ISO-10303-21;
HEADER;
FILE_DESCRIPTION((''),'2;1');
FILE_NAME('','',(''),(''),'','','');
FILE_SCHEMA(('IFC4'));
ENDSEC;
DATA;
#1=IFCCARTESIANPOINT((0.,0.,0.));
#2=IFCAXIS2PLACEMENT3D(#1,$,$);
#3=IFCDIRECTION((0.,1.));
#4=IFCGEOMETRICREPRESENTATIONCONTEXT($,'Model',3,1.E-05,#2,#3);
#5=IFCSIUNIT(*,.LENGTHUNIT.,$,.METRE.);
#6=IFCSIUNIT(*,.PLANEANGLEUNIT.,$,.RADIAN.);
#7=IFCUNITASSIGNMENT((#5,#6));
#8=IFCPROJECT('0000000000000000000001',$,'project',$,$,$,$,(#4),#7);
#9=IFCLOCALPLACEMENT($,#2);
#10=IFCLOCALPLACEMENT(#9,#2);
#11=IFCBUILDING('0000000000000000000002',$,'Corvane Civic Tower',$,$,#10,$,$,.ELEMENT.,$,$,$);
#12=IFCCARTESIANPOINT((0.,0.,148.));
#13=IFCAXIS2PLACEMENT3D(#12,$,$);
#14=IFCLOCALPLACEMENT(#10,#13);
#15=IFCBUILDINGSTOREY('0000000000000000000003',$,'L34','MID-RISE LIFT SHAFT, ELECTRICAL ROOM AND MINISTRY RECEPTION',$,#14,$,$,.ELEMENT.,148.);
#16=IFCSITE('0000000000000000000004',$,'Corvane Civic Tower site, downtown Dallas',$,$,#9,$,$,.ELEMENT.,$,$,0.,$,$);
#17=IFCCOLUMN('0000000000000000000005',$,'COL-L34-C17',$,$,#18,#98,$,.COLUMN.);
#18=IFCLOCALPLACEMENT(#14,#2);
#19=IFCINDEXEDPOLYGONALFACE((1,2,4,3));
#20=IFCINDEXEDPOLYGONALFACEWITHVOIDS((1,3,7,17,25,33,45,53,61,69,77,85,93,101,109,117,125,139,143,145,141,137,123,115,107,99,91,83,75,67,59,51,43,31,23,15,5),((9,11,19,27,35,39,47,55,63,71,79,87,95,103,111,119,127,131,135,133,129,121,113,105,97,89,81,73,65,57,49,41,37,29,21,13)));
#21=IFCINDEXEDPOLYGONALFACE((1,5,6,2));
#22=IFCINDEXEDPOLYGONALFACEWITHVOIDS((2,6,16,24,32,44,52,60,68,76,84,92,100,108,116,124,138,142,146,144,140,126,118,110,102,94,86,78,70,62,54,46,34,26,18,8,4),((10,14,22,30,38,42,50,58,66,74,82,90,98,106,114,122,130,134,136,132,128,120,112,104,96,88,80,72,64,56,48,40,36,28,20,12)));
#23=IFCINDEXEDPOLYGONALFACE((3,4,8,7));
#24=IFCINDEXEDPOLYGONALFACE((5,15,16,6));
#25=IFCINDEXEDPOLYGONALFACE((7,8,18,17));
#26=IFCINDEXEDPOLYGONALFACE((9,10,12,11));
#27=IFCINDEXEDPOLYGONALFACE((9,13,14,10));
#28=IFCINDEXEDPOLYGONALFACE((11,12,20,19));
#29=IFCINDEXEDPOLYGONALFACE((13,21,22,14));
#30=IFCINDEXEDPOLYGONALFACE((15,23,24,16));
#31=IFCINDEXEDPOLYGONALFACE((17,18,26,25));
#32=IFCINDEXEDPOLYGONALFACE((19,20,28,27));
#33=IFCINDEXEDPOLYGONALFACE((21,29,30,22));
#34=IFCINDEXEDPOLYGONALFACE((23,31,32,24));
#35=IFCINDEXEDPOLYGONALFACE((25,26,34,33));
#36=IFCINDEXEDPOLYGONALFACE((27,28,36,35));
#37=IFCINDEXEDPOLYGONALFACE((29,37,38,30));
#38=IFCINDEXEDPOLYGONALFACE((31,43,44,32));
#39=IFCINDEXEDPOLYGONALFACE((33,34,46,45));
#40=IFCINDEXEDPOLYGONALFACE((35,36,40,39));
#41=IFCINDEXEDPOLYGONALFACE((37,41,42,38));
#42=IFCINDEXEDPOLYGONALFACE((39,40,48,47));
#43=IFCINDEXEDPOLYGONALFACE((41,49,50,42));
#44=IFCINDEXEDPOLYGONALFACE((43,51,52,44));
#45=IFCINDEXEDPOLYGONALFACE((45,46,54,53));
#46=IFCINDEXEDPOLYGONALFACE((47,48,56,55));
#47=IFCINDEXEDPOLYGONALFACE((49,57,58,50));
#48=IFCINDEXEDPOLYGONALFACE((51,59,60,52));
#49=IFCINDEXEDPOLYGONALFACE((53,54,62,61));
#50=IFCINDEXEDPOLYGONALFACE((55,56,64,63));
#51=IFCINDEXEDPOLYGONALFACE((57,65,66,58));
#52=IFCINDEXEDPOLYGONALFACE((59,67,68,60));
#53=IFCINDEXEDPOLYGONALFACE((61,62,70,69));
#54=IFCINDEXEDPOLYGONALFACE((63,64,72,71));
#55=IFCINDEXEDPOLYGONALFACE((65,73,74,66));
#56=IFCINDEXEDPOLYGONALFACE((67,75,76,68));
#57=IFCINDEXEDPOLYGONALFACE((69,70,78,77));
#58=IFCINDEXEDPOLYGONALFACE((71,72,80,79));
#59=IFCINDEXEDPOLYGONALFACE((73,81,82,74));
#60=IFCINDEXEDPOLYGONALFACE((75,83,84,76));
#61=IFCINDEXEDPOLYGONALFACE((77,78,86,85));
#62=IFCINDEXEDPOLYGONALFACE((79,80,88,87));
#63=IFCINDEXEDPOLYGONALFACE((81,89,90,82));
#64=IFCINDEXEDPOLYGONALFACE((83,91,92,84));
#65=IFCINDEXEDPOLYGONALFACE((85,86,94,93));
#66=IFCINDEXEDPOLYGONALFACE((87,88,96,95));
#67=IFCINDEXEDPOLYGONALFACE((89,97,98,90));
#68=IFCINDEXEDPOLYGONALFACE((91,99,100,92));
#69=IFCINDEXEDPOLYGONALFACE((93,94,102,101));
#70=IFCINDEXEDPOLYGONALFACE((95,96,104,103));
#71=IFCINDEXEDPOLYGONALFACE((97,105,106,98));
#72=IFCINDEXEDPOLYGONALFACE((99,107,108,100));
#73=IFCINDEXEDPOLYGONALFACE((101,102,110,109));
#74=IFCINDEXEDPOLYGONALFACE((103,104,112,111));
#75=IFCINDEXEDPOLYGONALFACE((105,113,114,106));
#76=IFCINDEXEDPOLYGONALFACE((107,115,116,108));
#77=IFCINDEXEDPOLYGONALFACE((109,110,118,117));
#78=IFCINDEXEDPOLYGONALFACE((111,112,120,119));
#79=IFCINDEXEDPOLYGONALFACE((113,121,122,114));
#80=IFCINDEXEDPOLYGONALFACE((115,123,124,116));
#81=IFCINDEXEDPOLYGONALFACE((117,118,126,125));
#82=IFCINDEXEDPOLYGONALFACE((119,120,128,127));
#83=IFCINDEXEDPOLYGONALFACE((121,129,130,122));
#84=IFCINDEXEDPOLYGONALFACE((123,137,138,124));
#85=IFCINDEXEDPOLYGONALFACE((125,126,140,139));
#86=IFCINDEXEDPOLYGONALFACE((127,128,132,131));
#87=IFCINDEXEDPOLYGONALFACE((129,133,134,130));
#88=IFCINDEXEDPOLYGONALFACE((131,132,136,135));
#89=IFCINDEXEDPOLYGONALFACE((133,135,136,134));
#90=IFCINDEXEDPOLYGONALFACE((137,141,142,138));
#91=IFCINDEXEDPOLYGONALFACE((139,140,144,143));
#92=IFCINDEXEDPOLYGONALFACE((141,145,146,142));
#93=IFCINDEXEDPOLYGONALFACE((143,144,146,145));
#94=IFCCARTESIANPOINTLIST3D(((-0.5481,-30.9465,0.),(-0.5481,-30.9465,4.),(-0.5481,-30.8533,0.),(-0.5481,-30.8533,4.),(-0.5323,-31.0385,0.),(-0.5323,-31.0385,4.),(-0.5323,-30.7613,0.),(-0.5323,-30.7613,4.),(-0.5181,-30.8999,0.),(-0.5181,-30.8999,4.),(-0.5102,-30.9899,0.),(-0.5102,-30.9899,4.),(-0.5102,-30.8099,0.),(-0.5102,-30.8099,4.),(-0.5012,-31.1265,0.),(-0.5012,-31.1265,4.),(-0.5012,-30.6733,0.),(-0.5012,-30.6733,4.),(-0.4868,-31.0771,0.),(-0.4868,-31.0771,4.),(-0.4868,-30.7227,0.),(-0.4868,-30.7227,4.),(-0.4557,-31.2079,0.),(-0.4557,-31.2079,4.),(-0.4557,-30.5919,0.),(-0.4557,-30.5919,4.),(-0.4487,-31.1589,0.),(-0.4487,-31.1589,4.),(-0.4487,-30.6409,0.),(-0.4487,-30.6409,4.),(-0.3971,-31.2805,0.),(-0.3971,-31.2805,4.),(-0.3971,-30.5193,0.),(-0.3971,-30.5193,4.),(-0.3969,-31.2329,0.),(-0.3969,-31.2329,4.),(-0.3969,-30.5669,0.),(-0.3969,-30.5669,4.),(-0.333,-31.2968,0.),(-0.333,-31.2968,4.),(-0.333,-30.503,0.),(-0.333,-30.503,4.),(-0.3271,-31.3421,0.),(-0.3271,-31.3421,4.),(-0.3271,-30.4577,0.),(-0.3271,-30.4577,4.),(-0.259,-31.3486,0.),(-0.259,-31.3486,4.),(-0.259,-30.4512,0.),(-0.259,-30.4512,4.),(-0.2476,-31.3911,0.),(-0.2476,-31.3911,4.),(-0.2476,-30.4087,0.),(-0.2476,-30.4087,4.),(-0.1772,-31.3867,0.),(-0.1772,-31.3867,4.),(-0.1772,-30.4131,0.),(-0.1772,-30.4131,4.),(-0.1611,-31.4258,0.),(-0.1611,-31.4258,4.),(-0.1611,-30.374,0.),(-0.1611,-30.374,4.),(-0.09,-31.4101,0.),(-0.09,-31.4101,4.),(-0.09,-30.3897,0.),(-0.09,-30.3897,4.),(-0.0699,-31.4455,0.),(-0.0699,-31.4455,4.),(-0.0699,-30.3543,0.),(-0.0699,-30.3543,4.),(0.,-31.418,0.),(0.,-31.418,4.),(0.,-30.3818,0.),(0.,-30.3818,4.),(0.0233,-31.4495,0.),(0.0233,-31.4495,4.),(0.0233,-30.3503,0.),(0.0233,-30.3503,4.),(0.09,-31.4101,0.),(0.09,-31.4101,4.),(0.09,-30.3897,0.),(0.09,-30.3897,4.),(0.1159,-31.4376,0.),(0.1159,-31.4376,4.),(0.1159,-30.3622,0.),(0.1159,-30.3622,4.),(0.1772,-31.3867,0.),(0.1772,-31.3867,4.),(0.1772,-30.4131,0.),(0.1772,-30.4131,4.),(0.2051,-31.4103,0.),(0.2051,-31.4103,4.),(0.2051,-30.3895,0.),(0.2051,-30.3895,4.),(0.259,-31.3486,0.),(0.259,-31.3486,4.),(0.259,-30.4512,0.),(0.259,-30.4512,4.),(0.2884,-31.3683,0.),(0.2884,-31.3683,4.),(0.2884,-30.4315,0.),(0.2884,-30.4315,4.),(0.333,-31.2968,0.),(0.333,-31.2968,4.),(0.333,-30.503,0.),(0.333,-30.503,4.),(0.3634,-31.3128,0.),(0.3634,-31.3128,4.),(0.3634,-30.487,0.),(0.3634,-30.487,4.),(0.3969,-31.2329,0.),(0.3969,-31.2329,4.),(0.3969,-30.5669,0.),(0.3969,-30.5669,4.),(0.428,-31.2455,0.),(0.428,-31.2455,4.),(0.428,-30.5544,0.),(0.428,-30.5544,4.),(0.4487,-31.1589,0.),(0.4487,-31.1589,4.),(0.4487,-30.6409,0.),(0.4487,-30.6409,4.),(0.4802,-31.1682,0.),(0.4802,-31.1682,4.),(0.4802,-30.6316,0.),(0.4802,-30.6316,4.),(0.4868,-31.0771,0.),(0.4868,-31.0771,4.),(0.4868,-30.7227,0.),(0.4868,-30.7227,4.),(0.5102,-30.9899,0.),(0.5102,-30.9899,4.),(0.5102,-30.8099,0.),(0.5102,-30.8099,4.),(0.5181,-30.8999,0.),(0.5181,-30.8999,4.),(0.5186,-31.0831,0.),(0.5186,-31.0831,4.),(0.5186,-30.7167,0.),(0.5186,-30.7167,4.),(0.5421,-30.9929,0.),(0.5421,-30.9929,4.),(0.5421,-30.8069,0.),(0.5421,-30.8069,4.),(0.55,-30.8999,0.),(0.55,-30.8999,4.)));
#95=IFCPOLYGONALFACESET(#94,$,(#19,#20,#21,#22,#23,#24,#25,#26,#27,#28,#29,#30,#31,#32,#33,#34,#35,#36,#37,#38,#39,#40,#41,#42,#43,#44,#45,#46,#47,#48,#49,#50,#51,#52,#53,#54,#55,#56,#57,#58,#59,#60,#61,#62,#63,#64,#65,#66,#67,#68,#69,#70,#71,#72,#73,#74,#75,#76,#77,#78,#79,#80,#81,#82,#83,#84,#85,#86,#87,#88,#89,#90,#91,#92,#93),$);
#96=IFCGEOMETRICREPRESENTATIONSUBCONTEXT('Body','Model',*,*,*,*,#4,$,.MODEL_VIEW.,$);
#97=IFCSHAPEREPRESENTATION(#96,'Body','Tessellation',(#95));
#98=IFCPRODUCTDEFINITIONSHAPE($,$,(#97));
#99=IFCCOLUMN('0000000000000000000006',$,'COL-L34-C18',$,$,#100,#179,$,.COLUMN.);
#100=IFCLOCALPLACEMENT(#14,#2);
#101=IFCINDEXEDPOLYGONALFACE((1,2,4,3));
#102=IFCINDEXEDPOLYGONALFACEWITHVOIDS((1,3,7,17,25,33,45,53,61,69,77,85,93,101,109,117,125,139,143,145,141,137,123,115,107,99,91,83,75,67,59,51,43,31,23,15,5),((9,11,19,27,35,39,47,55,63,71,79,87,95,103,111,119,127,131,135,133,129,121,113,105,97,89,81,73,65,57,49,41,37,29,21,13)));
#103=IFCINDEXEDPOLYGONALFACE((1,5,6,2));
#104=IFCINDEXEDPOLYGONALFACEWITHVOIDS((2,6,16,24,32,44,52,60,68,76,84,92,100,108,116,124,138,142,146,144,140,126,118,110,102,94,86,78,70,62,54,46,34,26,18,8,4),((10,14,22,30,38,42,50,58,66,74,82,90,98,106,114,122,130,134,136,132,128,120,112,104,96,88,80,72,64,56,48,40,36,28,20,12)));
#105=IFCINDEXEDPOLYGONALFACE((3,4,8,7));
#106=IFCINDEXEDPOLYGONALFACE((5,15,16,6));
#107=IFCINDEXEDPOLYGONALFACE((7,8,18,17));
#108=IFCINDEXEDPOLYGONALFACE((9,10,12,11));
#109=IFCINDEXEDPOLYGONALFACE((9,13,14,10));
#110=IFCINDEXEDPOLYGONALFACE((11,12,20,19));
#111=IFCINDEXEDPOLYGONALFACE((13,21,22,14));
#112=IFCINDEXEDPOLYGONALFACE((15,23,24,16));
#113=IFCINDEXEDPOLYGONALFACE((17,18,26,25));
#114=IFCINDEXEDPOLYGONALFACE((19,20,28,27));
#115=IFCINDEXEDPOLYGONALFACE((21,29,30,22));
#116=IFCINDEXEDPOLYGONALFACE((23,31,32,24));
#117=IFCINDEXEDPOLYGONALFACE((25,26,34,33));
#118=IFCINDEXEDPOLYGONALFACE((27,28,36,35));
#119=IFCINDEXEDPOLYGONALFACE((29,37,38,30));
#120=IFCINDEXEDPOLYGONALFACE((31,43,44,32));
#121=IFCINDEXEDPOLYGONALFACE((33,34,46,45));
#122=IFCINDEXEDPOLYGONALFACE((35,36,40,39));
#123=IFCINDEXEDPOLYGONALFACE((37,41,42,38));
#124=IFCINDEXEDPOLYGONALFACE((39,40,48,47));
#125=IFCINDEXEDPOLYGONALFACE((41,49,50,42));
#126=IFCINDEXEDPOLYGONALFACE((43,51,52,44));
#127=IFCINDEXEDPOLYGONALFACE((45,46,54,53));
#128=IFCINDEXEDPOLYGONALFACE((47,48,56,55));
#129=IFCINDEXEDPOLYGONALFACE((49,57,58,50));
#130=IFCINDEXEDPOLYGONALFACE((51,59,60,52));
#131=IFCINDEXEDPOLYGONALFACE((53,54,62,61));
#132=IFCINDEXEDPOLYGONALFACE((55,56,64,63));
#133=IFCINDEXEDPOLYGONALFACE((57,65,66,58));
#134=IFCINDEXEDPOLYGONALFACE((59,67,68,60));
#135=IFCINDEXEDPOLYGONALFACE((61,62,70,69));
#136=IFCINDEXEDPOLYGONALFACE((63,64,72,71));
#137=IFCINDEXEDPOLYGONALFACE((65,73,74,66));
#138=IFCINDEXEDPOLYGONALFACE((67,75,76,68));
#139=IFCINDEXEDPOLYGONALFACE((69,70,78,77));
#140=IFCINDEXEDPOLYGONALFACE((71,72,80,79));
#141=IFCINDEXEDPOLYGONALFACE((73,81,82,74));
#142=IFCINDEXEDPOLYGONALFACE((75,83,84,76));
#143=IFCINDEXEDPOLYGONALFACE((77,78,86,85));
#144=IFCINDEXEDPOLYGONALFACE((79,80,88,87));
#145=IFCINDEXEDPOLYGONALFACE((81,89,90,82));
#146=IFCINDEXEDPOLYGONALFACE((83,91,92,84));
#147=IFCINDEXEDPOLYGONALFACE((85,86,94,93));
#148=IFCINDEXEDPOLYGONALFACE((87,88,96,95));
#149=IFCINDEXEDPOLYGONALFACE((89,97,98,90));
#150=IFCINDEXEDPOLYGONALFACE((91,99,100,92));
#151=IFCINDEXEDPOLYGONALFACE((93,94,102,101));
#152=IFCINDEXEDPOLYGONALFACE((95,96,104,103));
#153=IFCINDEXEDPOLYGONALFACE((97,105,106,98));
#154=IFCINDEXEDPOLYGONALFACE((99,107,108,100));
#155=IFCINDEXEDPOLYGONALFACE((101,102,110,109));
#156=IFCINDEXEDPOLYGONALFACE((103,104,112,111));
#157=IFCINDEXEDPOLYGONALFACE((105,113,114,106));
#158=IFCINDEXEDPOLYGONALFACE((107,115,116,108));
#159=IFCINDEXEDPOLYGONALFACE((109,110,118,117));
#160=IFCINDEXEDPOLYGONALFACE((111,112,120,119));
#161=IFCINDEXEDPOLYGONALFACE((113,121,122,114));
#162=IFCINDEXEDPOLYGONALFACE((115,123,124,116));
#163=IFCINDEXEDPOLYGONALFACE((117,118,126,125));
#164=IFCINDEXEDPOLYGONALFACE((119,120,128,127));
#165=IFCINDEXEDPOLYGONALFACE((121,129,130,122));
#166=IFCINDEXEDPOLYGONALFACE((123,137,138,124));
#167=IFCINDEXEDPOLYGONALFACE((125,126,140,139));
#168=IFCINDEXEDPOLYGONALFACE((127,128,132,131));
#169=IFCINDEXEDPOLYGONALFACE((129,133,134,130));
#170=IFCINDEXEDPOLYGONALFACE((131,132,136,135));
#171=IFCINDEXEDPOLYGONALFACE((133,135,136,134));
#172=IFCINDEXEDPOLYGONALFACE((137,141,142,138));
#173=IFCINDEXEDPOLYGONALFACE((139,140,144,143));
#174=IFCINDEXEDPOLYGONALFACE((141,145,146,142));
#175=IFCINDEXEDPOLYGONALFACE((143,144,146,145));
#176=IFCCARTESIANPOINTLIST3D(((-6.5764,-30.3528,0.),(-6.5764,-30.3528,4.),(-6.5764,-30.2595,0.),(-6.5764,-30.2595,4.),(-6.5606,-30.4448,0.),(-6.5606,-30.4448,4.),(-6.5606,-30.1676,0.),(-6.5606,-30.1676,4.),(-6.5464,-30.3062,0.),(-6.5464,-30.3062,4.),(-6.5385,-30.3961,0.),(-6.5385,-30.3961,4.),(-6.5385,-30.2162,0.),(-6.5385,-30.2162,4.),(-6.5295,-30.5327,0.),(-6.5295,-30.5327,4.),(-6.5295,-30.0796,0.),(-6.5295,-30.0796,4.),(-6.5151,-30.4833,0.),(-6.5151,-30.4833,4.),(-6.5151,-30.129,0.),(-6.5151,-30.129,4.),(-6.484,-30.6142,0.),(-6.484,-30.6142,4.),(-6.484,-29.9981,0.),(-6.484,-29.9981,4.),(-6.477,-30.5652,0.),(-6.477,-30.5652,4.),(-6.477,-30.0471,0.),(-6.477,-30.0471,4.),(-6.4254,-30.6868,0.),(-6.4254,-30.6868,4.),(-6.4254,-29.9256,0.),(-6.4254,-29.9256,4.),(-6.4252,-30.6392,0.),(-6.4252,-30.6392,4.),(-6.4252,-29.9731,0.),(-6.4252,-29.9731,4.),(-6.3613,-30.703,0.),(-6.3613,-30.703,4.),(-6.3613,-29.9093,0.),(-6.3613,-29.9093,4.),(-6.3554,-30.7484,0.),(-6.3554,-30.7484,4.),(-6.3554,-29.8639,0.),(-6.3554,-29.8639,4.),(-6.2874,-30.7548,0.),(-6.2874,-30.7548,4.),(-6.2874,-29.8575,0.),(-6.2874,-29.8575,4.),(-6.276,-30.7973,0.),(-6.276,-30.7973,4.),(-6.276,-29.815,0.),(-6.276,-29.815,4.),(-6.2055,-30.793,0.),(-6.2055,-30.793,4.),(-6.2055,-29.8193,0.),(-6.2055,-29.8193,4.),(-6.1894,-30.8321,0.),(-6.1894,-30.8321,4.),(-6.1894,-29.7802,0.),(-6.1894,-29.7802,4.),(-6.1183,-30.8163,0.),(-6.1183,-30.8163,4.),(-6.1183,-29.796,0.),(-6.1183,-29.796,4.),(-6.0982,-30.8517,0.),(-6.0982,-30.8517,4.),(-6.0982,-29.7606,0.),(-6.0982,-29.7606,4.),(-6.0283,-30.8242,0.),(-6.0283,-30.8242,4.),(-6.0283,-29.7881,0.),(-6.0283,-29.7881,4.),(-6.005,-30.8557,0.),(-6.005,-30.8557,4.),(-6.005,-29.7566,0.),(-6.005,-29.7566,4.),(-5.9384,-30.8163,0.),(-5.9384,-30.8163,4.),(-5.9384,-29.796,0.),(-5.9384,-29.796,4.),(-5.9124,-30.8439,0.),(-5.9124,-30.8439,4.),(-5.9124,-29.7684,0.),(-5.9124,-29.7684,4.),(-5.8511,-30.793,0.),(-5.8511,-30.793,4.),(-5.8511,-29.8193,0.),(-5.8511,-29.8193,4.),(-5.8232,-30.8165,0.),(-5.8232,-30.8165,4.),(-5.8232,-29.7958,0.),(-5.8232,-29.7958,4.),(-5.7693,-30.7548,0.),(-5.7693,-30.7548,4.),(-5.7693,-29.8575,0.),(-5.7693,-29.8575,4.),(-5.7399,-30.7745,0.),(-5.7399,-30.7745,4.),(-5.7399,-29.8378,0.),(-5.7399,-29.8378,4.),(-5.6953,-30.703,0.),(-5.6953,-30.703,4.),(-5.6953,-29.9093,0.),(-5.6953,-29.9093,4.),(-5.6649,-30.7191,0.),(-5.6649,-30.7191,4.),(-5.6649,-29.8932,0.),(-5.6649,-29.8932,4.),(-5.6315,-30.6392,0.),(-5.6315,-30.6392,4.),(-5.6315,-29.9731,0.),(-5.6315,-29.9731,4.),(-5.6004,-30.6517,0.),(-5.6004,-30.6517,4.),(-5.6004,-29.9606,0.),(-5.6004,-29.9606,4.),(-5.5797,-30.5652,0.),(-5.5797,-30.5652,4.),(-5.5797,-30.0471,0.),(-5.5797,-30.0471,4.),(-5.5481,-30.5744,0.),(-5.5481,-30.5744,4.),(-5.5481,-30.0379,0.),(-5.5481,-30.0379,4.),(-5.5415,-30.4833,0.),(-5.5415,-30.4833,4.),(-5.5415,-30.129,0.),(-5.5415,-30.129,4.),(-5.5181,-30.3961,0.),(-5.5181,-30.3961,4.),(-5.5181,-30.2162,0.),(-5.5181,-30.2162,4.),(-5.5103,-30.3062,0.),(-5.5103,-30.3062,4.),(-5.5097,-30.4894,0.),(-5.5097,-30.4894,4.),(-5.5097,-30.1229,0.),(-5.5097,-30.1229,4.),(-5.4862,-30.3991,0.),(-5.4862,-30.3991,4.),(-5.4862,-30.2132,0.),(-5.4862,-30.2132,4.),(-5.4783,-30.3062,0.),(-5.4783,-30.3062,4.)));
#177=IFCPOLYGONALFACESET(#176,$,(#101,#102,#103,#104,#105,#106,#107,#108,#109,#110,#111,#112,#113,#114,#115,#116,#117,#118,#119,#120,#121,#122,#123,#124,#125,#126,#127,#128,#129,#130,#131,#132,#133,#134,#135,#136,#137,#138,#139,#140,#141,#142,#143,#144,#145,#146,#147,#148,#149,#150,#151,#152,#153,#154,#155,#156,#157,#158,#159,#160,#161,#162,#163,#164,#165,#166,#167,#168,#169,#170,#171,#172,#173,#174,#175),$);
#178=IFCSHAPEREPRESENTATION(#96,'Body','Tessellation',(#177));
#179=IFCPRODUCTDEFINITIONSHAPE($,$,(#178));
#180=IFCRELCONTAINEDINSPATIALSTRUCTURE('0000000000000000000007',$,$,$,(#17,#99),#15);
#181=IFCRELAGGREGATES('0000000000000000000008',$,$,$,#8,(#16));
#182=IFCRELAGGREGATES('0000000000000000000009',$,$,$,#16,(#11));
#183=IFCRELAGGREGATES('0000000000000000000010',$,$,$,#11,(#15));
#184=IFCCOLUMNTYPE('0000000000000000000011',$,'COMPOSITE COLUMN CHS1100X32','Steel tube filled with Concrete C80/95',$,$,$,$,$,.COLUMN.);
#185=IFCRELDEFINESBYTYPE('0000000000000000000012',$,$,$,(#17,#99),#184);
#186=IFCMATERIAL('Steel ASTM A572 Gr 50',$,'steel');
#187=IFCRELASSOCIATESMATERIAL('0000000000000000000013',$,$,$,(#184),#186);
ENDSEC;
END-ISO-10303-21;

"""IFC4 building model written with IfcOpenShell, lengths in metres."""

from ifc_helpers import new_model, si_unit, direction, frame, origin, origin_2d, place, context, subcontext, project, spatial, hollow_circle, extrude, material, material_profile, profile_set, type_object, element, save


model = new_model("IFC4")

# Units and contexts
model_context = context("Model", 3, precision=1e-05, world=origin(), true_north=direction((0.0, 1.0)))
body_context = subcontext(model_context, "Body", "Model", "MODEL_VIEW")
ifc_project = project(units=[si_unit("LENGTHUNIT", "METRE"), si_unit("PLANEANGLEUNIT", "RADIAN")], contexts=[model_context])

# Site, building, storey
site_placement = place(None, origin())
site = spatial("IfcSite", under=ifc_project, at=site_placement, Name="Corvane Civic Tower site, downtown Dallas", CompositionType="ELEMENT", RefElevation=0.0)
building_placement = place(site_placement, origin())
building = spatial("IfcBuilding", under=site, at=building_placement, Name="Corvane Civic Tower", CompositionType="ELEMENT")
storey_placement = place(building_placement, frame((0.0, 0.0, 148.0)))
storey = spatial("IfcBuildingStorey", under=building, at=storey_placement, Name="L34", Description="MID-RISE LIFT SHAFT, ELECTRICAL ROOM AND MINISTRY RECEPTION", CompositionType="ELEMENT", Elevation=148.0)

# Columns
ifc_material_1 = material(Name="Steel ASTM A572 Gr 50", Category="steel")
ifc_material_profile_1 = material_profile(ifc_material_1, hollow_circle(Radius=0.55, WallThickness=0.032, at=origin_2d()), Name="CHS1100X32")
ifc_profile_set_1 = profile_set([ifc_material_profile_1], Name="Steel ASTM A572 Gr 50")
column_type = type_object("IfcColumnType", Name="COMPOSITE COLUMN CHS1100X32", Description="Steel tube filled with Concrete C80/95", PredefinedType="COLUMN", material=ifc_profile_set_1)
for number, where, z_axis, x_axis, name in (
    (1, (0.0, -30.8999, 0.0), (0.0, 0.0, 1.0), (1.0, 0.0, 0.0), "COL-L34-C17"),
    (2, (-6.0283, -30.3062, 0.0), (0.0, 0.0, 1.0), (1.0, 0.0, 0.0), "COL-L34-C18"),
):
    element("IfcColumn", number, at=place(storey_placement, frame(where, z_axis=z_axis, x_axis=x_axis)), inside=storey, type_object=column_type, Name=name, PredefinedType="COLUMN", context=body_context, shape_type="SweptSolid", body=[
        extrude(hollow_circle(Radius=0.55, WallThickness=0.032, at=origin_2d()), origin(), (0.0, 0.0, 1.0), 4.0),
    ])

save(model, "model.ifc")
